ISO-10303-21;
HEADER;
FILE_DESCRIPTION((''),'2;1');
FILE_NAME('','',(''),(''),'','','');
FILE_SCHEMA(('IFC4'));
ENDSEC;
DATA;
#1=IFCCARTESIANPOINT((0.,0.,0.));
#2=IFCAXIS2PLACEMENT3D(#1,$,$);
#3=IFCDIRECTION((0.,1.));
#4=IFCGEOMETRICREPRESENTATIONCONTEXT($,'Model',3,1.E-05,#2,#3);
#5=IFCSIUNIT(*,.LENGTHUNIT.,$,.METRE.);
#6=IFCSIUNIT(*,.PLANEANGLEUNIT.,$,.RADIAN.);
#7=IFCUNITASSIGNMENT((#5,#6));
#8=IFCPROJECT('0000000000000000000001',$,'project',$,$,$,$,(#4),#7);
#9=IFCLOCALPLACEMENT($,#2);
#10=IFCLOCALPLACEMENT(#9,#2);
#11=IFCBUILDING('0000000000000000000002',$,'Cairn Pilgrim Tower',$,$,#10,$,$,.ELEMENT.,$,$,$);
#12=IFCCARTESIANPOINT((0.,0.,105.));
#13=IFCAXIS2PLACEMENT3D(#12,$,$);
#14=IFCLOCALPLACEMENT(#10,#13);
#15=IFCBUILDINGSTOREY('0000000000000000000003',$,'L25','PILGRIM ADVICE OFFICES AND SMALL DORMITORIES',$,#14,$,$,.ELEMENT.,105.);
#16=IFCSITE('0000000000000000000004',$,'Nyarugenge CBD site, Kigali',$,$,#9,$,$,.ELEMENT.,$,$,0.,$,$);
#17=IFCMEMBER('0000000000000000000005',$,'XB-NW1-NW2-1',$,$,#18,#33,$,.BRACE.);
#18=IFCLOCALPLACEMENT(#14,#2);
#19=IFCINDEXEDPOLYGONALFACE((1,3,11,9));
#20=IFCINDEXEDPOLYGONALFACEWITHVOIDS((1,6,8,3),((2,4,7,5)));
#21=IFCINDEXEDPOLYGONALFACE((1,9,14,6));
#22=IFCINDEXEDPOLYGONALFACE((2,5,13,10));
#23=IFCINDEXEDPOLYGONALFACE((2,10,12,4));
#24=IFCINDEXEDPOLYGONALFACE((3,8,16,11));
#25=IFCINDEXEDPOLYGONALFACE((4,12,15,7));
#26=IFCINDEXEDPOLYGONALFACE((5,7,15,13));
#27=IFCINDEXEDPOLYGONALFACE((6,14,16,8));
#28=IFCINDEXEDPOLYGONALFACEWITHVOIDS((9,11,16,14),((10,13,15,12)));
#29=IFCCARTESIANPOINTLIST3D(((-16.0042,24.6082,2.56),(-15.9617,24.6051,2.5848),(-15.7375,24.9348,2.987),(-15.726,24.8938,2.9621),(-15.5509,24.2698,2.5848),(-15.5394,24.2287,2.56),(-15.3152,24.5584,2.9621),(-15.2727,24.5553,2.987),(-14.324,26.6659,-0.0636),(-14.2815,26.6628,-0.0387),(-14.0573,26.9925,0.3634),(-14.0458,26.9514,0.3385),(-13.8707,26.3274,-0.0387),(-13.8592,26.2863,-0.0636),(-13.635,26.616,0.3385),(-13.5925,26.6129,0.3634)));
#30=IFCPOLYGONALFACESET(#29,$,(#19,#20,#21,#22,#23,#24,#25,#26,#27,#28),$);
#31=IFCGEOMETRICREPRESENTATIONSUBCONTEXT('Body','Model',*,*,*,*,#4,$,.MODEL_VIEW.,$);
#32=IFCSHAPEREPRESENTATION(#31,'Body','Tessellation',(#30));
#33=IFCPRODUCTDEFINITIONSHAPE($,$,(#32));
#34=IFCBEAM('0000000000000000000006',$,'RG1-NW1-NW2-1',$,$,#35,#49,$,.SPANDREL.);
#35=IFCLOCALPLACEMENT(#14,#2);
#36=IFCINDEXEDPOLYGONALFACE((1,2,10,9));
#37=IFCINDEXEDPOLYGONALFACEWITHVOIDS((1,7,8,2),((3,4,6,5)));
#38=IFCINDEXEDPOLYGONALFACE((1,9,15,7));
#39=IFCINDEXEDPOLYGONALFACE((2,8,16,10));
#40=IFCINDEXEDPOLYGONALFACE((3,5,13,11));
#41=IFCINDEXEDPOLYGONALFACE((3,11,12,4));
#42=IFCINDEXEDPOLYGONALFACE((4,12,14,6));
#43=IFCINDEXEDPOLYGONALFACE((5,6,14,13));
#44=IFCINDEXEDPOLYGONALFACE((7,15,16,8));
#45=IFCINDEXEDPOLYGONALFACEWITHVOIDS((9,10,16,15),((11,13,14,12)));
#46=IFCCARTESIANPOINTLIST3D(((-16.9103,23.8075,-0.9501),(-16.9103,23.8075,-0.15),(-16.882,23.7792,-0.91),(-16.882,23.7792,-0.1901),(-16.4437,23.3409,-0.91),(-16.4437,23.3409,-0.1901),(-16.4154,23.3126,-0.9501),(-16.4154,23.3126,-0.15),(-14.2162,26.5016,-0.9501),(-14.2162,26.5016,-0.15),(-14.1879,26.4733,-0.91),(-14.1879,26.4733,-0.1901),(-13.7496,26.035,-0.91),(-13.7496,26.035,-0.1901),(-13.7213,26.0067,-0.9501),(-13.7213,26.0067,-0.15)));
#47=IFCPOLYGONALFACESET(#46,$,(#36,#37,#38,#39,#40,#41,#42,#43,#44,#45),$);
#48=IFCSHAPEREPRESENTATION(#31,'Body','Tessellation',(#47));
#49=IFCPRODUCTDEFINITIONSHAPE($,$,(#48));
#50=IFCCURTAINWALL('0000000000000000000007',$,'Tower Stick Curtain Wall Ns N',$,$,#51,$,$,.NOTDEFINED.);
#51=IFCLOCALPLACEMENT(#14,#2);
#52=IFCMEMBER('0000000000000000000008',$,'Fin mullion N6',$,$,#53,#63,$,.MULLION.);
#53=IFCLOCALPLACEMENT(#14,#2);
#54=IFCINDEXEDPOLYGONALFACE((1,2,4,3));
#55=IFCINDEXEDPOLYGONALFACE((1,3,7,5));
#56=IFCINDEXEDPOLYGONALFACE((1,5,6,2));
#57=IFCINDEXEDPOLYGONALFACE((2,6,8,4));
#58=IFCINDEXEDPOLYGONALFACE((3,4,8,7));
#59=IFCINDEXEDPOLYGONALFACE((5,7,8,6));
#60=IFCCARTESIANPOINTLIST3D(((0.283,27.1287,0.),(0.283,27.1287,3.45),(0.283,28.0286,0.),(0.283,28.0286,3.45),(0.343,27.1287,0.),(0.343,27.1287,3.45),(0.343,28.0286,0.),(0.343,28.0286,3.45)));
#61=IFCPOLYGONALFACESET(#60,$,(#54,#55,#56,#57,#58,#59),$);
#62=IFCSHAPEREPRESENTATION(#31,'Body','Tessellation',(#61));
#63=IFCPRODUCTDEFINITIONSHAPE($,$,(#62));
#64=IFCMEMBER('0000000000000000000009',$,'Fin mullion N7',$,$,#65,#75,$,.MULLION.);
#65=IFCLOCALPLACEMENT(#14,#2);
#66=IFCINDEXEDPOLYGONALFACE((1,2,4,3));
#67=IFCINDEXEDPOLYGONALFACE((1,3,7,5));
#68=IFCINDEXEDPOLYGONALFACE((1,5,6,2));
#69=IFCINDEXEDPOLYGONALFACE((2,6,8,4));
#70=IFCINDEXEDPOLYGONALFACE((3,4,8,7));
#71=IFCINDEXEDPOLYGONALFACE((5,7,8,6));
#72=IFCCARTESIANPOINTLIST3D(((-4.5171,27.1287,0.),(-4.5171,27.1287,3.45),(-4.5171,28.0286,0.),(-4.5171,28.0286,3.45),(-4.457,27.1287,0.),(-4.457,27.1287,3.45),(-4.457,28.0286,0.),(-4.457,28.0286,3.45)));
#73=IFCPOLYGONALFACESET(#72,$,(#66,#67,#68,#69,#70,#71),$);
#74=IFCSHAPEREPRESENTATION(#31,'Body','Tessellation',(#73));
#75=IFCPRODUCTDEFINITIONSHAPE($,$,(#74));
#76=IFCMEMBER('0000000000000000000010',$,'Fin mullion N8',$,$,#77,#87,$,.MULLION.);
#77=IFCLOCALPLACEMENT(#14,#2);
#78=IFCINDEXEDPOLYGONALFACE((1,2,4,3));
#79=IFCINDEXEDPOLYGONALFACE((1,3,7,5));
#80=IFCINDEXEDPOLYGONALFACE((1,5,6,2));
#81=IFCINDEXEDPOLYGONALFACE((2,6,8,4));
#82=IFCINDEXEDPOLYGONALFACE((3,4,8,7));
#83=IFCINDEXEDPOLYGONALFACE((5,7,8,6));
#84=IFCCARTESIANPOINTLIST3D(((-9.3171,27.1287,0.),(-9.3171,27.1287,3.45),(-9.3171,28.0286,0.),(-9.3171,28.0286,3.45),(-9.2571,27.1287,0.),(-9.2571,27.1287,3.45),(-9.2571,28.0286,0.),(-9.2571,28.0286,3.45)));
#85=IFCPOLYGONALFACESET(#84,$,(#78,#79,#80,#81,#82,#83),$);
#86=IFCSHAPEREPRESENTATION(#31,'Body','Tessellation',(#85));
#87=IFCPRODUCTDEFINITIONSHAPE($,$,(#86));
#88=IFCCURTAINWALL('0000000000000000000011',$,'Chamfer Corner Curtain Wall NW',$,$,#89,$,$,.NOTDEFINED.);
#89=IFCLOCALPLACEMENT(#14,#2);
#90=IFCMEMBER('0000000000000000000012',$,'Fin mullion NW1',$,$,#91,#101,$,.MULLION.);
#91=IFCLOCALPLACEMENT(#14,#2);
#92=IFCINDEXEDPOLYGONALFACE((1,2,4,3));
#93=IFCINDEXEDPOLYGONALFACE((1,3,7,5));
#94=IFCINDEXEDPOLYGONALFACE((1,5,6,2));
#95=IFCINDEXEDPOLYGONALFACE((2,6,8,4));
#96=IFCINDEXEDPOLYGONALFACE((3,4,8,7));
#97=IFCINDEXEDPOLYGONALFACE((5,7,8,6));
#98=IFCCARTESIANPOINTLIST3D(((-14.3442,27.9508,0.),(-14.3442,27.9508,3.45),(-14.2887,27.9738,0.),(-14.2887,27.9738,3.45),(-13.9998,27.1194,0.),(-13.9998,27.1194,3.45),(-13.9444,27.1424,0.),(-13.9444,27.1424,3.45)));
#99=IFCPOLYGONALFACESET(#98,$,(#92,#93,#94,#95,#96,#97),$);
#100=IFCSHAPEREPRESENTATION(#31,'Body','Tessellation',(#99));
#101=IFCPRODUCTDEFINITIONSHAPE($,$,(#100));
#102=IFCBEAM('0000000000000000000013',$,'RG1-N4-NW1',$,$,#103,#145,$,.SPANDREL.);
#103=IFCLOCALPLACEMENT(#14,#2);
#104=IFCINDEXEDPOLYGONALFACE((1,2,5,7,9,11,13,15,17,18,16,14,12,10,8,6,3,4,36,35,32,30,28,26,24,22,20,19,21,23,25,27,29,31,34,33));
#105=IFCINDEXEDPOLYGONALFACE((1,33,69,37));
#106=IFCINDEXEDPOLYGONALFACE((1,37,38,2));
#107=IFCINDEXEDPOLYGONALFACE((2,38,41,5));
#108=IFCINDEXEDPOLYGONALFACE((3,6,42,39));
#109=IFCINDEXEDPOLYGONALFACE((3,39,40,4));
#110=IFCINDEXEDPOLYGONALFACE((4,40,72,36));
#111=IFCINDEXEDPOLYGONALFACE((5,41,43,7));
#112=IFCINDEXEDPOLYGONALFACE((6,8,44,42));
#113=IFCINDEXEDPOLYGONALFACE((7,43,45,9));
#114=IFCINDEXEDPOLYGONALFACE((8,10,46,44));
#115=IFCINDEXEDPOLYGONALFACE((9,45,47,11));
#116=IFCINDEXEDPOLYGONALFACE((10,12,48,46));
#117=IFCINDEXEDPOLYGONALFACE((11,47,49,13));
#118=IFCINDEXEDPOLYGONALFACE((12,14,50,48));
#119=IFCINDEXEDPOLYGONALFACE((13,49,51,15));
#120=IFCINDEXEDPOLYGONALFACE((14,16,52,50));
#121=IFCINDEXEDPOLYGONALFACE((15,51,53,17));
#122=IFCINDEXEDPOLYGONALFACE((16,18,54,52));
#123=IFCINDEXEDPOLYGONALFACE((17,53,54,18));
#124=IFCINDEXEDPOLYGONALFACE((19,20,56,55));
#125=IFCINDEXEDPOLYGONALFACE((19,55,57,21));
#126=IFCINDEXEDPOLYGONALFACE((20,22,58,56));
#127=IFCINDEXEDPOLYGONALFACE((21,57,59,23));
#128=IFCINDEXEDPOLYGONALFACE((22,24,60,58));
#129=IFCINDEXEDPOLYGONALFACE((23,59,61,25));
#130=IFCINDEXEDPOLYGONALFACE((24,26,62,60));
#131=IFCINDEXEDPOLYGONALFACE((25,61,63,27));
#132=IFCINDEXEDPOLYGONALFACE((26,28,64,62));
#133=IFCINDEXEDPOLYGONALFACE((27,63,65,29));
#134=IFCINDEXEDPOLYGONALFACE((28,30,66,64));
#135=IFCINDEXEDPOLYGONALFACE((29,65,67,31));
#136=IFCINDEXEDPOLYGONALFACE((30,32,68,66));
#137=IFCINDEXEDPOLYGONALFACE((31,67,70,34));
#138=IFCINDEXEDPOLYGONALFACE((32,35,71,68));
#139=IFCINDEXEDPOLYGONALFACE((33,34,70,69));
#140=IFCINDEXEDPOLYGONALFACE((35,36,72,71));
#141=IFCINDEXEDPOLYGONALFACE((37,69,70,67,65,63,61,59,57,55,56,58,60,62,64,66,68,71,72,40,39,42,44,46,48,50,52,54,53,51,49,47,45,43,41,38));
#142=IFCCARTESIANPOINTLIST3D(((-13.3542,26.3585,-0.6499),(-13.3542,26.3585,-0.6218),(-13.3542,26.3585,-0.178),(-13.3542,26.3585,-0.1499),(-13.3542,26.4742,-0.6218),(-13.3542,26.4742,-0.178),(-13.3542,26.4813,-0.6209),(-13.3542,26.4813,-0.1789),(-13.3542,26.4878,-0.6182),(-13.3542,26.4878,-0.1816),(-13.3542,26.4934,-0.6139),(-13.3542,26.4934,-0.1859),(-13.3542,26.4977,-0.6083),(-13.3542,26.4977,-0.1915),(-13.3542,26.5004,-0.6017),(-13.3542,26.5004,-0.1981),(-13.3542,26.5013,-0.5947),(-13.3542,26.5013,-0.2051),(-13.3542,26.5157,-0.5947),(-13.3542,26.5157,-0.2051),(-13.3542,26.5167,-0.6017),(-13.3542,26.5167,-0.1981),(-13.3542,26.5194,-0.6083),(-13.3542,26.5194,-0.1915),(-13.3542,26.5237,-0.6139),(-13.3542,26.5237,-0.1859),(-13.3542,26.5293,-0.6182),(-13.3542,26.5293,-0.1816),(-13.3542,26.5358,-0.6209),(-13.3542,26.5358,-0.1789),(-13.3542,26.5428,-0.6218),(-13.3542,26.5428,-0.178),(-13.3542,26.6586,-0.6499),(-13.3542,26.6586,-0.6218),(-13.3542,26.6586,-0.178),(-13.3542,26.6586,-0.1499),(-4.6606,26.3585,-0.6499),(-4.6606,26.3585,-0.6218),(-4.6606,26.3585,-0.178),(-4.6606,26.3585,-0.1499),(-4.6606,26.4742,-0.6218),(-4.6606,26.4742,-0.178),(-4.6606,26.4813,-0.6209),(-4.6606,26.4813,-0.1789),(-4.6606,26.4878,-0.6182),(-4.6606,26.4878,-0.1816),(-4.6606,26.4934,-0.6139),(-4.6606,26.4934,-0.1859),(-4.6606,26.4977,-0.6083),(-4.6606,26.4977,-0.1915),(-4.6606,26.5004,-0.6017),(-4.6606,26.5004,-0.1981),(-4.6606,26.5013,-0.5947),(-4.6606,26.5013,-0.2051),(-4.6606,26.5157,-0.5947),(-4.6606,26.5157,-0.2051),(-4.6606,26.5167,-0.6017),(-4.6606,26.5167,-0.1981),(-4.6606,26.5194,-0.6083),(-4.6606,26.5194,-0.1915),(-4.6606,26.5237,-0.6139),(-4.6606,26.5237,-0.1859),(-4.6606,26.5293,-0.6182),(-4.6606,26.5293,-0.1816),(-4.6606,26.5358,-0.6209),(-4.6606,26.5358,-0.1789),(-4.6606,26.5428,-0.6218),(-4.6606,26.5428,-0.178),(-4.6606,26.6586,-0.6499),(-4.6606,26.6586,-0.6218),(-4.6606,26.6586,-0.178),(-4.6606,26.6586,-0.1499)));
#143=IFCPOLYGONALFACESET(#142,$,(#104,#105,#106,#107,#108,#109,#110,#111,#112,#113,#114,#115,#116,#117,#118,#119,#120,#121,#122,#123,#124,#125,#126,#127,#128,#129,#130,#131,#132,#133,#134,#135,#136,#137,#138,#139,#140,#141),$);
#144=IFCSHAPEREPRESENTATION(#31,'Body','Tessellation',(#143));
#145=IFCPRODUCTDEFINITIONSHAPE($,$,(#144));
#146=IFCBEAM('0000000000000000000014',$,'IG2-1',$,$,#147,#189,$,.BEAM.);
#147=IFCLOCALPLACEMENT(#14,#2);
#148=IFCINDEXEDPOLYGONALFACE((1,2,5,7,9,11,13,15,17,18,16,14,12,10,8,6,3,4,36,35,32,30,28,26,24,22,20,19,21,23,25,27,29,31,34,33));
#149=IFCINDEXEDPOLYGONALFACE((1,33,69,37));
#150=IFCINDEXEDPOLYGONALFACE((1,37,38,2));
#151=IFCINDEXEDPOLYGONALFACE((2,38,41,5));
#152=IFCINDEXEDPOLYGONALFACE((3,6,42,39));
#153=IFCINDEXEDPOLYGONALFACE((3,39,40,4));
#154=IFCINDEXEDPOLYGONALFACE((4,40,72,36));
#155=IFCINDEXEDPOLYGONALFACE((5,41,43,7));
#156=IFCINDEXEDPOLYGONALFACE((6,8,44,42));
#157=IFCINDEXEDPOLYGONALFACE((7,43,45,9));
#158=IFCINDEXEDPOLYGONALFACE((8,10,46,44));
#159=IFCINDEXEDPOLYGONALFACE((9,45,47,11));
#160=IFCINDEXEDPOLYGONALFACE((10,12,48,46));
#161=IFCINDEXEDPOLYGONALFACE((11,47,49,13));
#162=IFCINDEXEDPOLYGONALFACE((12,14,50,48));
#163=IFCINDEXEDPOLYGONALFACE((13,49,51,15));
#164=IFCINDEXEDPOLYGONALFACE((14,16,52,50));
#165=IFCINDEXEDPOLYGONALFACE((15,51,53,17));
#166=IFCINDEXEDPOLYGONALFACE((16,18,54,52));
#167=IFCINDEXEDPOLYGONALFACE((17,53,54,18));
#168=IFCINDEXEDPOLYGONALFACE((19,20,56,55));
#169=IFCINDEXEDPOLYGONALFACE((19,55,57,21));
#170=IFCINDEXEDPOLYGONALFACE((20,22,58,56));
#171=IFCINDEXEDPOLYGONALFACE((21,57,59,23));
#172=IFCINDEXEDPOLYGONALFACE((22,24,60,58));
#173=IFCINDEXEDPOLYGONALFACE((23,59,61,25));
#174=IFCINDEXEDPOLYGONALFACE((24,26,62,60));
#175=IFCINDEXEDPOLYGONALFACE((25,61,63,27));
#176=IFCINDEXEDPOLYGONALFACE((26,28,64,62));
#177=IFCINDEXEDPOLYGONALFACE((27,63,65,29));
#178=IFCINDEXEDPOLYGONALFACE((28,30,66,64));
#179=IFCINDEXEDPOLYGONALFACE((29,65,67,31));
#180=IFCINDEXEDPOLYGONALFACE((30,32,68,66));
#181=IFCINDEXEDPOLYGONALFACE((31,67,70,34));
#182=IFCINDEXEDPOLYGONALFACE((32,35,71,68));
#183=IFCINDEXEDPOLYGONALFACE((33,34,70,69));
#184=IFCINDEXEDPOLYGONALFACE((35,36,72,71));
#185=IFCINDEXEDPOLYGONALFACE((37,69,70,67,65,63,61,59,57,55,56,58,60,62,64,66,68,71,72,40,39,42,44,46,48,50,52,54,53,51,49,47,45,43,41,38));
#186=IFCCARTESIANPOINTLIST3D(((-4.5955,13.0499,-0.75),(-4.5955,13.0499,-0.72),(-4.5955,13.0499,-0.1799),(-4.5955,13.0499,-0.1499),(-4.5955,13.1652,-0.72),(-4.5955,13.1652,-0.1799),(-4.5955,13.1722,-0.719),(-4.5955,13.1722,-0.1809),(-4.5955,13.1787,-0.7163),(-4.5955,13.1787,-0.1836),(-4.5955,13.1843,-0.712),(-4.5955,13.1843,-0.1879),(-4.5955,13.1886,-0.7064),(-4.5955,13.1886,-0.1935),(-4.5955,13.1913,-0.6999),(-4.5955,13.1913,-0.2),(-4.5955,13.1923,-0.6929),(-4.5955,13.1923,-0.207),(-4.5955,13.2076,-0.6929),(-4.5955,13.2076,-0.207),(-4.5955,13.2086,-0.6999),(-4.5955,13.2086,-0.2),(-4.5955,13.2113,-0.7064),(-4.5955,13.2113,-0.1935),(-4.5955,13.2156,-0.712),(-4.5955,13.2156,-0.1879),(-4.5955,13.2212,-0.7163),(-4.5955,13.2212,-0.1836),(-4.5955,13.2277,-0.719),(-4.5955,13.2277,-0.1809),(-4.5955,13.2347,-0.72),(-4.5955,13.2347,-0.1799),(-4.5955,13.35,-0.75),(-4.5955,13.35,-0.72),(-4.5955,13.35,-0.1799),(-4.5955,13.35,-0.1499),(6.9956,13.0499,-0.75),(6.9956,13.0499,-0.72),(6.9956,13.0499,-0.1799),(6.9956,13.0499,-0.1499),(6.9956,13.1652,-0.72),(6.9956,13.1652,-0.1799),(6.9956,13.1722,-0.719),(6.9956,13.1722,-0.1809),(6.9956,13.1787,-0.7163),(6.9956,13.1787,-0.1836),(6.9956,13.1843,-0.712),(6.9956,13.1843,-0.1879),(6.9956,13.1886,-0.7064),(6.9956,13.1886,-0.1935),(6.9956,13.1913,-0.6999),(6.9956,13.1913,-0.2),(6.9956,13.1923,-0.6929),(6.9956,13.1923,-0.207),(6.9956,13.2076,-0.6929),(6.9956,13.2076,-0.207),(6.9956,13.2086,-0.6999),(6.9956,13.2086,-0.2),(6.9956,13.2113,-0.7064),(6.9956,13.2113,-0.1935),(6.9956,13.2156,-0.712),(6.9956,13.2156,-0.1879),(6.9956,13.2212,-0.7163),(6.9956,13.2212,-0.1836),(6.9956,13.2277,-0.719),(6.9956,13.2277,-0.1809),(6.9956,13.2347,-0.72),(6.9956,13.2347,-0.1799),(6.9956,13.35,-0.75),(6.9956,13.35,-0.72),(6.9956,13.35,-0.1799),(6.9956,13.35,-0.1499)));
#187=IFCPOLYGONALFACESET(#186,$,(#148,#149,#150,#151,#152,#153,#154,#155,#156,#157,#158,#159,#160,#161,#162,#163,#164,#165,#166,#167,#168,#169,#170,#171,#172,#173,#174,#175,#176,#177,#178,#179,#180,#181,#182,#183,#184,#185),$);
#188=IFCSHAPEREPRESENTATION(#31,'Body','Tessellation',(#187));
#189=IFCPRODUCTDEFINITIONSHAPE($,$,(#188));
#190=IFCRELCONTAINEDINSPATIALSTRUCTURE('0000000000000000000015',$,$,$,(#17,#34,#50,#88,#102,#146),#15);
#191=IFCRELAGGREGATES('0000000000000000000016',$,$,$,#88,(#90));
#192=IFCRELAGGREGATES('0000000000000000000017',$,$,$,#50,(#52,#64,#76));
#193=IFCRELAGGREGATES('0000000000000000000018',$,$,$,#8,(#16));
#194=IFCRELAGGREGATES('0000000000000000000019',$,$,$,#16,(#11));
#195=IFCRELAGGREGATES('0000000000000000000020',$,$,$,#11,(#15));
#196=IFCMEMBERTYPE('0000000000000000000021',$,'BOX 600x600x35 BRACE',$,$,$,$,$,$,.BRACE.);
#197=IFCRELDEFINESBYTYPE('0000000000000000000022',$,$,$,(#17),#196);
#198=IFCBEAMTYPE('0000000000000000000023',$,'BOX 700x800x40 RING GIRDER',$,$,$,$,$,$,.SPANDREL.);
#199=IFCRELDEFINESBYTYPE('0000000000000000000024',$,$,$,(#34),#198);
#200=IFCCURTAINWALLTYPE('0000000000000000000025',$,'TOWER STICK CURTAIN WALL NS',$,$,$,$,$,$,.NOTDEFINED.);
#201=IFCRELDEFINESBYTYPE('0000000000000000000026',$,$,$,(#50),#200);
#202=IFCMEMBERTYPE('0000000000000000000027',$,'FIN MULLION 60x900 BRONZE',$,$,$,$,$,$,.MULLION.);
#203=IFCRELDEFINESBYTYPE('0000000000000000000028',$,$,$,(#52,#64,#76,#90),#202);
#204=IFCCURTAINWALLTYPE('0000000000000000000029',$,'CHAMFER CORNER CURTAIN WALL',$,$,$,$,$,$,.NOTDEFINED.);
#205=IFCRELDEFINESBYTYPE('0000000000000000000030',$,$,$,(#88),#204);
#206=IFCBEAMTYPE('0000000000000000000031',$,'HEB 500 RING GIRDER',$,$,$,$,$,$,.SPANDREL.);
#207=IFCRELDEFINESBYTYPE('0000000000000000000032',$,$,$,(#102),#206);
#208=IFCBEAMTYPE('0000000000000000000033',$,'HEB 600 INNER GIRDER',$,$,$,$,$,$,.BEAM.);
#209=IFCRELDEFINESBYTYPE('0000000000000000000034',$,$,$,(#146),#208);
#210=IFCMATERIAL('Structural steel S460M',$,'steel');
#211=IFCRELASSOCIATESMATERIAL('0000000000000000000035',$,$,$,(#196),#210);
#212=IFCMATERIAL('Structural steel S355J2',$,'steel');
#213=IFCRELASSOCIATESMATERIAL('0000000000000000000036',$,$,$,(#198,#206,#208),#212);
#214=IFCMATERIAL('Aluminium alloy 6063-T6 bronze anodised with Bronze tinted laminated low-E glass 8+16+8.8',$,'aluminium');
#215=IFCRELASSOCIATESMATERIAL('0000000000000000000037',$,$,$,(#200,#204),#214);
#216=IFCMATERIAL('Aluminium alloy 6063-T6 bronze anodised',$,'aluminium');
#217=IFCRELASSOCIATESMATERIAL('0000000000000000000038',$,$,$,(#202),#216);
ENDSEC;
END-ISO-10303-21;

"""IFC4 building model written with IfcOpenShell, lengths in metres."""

from ifc_helpers import new_model, si_unit, direction, frame, origin, origin_2d, place, context, subcontext, project, spatial, rectangle, hollow_rectangle, i_section, extrude, material, material_profile, profile_set, type_object, element, aggregate, save


model = new_model("IFC4")

# Units and contexts
model_context = context("Model", 3, precision=1e-05, world=origin(), true_north=direction((0.0, 1.0)))
body_context = subcontext(model_context, "Body", "Model", "MODEL_VIEW")
ifc_project = project(units=[si_unit("LENGTHUNIT", "METRE"), si_unit("PLANEANGLEUNIT", "RADIAN")], contexts=[model_context])

# Site, building, storey
site_placement = place(None, origin())
site = spatial("IfcSite", under=ifc_project, at=site_placement, Name="Nyarugenge CBD site, Kigali", CompositionType="ELEMENT", RefElevation=0.0)
building_placement = place(site_placement, origin())
building = spatial("IfcBuilding", under=site, at=building_placement, Name="Cairn Pilgrim Tower", CompositionType="ELEMENT")
storey_placement = place(building_placement, frame((0.0, 0.0, 105.0)))
storey = spatial("IfcBuildingStorey", under=building, at=storey_placement, Name="L25", Description="PILGRIM ADVICE OFFICES AND SMALL DORMITORIES", CompositionType="ELEMENT", Elevation=105.0)

# Shared definitions
ifc_material_1 = material(Name="Structural steel S460M", Category="steel")

# Member
ifc_material_profile_1 = material_profile(ifc_material_1, hollow_rectangle(XDim=0.6001, YDim=0.6001, WallThickness=0.0349, at=origin_2d()), Name="BOX 600x600x35")
ifc_profile_set_1 = profile_set([ifc_material_profile_1], Name="Structural steel S460M")
member_type_1 = type_object("IfcMemberType", Name="BOX 600x600x35 BRACE", PredefinedType="BRACE", material=ifc_profile_set_1)
member_1_placement = place(storey_placement, frame((-13.9583, 26.6394, 0.1499), z_axis=(-0.450016, -0.551109, 0.702684), x_axis=(0.774571, -0.632487, 0.0)))
element("IfcMember", 1, at=member_1_placement, inside=storey, type_object=member_type_1, Name="XB-NW1-NW2-1", PredefinedType="BRACE", context=body_context, shape_type="SweptSolid", body=[
    extrude(hollow_rectangle(XDim=0.6001, YDim=0.6001, WallThickness=0.0349, at=origin_2d()), origin(), (0.0, 0.0, 1.0), 3.7336),
])

# Beam
ifc_material_2 = material(Name="Structural steel S355J2", Category="steel")
ifc_material_profile_2 = material_profile(ifc_material_2, hollow_rectangle(XDim=0.7, YDim=0.8, WallThickness=0.04, at=origin_2d()), Name="BOX 700x800x40")
ifc_profile_set_2 = profile_set([ifc_material_profile_2], Name="Structural steel S355J2")
beam_type_1 = type_object("IfcBeamType", Name="BOX 700x800x40 RING GIRDER", PredefinedType="SPANDREL", material=ifc_profile_set_2)
beam_1_placement = place(storey_placement, frame((-13.9688, 26.2542, -0.55), z_axis=(-0.707107, -0.707107, 0.0), x_axis=(0.707107, -0.707107, 0.0)))
element("IfcBeam", 2, at=beam_1_placement, inside=storey, type_object=beam_type_1, Name="RG1-NW1-NW2-1", PredefinedType="SPANDREL", context=body_context, shape_type="SweptSolid", body=[
    extrude(hollow_rectangle(XDim=0.7, YDim=0.8, WallThickness=0.04, at=origin_2d()), origin(), (0.0, 0.0, 1.0), 3.8101),
])

# Curtain wall, members
ifc_material_3 = material(Name="Aluminium alloy 6063-T6 bronze anodised with Bronze tinted laminated low-E glass 8+16+8.8", Category="aluminium")
curtain_wall_type_1 = type_object("IfcCurtainWallType", Name="TOWER STICK CURTAIN WALL NS", PredefinedType="NOTDEFINED", material=ifc_material_3)
curtain_wall_1_placement = place(storey_placement, origin())
curtain_wall_1 = element("IfcCurtainWall", 3, at=curtain_wall_1_placement, inside=storey, type_object=curtain_wall_type_1, Name="Tower Stick Curtain Wall Ns N", PredefinedType="NOTDEFINED")
ifc_material_4 = material(Name="Aluminium alloy 6063-T6 bronze anodised", Category="aluminium")
ifc_material_profile_3 = material_profile(ifc_material_4, rectangle(XDim=0.8999, YDim=0.0601, at=origin_2d()), Name="FIN MULLION 60x900 BRONZE")
ifc_profile_set_3 = profile_set([ifc_material_profile_3], Name="Aluminium alloy 6063-T6 bronze anodised")
member_type_2 = type_object("IfcMemberType", Name="FIN MULLION 60x900 BRONZE", PredefinedType="MULLION", material=ifc_profile_set_3)
member_2_placement = place(storey_placement, frame((0.313, 27.5786, 0.0), z_axis=(0.0, 0.0, 1.0), x_axis=(0.0, 1.0, 0.0)))
member_2 = element("IfcMember", 4, at=member_2_placement, type_object=member_type_2, Name="Fin mullion N6", PredefinedType="MULLION", context=body_context, shape_type="SweptSolid", body=[
    extrude(rectangle(XDim=0.8999, YDim=0.0601, at=origin_2d()), origin(), (0.0, 0.0, 1.0), 3.45),
])
member_3_placement = place(storey_placement, frame((-4.4871, 27.5786, 0.0), z_axis=(0.0, 0.0, 1.0), x_axis=(0.0, 1.0, 0.0)))
member_3 = element("IfcMember", 5, at=member_3_placement, type_object=member_type_2, Name="Fin mullion N7", PredefinedType="MULLION", context=body_context, shape_type="SweptSolid", body=[
    extrude(rectangle(XDim=0.8999, YDim=0.0601, at=origin_2d()), origin(), (0.0, 0.0, 1.0), 3.45),
])
member_4_placement = place(storey_placement, frame((-9.2871, 27.5786, 0.0), z_axis=(0.0, 0.0, 1.0), x_axis=(0.0, 1.0, 0.0)))
member_4 = element("IfcMember", 6, at=member_4_placement, type_object=member_type_2, Name="Fin mullion N8", PredefinedType="MULLION", context=body_context, shape_type="SweptSolid", body=[
    extrude(rectangle(XDim=0.8999, YDim=0.0601, at=origin_2d()), origin(), (0.0, 0.0, 1.0), 3.45),
])

# Curtain wall, member
curtain_wall_type_2 = type_object("IfcCurtainWallType", Name="CHAMFER CORNER CURTAIN WALL", PredefinedType="NOTDEFINED", material=ifc_material_3)
curtain_wall_2_placement = place(storey_placement, origin())
curtain_wall_2 = element("IfcCurtainWall", 7, at=curtain_wall_2_placement, inside=storey, type_object=curtain_wall_type_2, Name="Chamfer Corner Curtain Wall NW", PredefinedType="NOTDEFINED")
member_5_placement = place(storey_placement, frame((-14.1443, 27.5466, 0.0), z_axis=(0.0, 0.0, 1.0), x_axis=(-0.382683, 0.92388, 0.0)))
member_5 = element("IfcMember", 8, at=member_5_placement, type_object=member_type_2, Name="Fin mullion NW1", PredefinedType="MULLION", context=body_context, shape_type="SweptSolid", body=[
    extrude(rectangle(XDim=0.8999, YDim=0.0601, at=origin_2d()), origin(), (0.0, 0.0, 1.0), 3.45),
])

# Beams
ifc_material_profile_4 = material_profile(ifc_material_2, i_section(OverallWidth=0.3, OverallDepth=0.5, WebThickness=0.0144, FlangeThickness=0.0281, FilletRadius=0.0271, at=origin_2d()), Name="HEB 500")
ifc_profile_set_4 = profile_set([ifc_material_profile_4], Name="Structural steel S355J2")
beam_type_2 = type_object("IfcBeamType", Name="HEB 500 RING GIRDER", PredefinedType="SPANDREL", material=ifc_profile_set_4)
beam_2_placement = place(storey_placement, frame((-4.6606, 26.5085, -0.3999), z_axis=(-1.0, 0.0, 0.0), x_axis=(0.0, -1.0, 0.0)))
element("IfcBeam", 9, at=beam_2_placement, inside=storey, type_object=beam_type_2, Name="RG1-N4-NW1", PredefinedType="SPANDREL", context=body_context, shape_type="SweptSolid", body=[
    extrude(i_section(OverallWidth=0.3, OverallDepth=0.5, WebThickness=0.0144, FlangeThickness=0.0281, FilletRadius=0.0271, at=origin_2d()), origin(), (0.0, 0.0, 1.0), 8.6936),
])
ifc_material_profile_5 = material_profile(ifc_material_2, i_section(OverallWidth=0.3, OverallDepth=0.6001, WebThickness=0.0154, FlangeThickness=0.03, FilletRadius=0.0271, at=origin_2d()), Name="HEB 600")
ifc_profile_set_5 = profile_set([ifc_material_profile_5], Name="Structural steel S355J2")
beam_type_3 = type_object("IfcBeamType", Name="HEB 600 INNER GIRDER", PredefinedType="BEAM", material=ifc_profile_set_5)
beam_3_placement = place(storey_placement, frame((-4.5955, 13.2, -0.45), z_axis=(1.0, 0.0, 0.0), x_axis=(0.0, 1.0, 0.0)))
element("IfcBeam", 10, at=beam_3_placement, inside=storey, type_object=beam_type_3, Name="IG2-1", PredefinedType="BEAM", context=body_context, shape_type="SweptSolid", body=[
    extrude(i_section(OverallWidth=0.3, OverallDepth=0.6001, WebThickness=0.0154, FlangeThickness=0.03, FilletRadius=0.0271, at=origin_2d()), origin(), (0.0, 0.0, 1.0), 11.5911),
])

aggregate(curtain_wall_2, [member_5])

aggregate(curtain_wall_1, [member_2, member_3, member_4])

save(model, "model.ifc")
